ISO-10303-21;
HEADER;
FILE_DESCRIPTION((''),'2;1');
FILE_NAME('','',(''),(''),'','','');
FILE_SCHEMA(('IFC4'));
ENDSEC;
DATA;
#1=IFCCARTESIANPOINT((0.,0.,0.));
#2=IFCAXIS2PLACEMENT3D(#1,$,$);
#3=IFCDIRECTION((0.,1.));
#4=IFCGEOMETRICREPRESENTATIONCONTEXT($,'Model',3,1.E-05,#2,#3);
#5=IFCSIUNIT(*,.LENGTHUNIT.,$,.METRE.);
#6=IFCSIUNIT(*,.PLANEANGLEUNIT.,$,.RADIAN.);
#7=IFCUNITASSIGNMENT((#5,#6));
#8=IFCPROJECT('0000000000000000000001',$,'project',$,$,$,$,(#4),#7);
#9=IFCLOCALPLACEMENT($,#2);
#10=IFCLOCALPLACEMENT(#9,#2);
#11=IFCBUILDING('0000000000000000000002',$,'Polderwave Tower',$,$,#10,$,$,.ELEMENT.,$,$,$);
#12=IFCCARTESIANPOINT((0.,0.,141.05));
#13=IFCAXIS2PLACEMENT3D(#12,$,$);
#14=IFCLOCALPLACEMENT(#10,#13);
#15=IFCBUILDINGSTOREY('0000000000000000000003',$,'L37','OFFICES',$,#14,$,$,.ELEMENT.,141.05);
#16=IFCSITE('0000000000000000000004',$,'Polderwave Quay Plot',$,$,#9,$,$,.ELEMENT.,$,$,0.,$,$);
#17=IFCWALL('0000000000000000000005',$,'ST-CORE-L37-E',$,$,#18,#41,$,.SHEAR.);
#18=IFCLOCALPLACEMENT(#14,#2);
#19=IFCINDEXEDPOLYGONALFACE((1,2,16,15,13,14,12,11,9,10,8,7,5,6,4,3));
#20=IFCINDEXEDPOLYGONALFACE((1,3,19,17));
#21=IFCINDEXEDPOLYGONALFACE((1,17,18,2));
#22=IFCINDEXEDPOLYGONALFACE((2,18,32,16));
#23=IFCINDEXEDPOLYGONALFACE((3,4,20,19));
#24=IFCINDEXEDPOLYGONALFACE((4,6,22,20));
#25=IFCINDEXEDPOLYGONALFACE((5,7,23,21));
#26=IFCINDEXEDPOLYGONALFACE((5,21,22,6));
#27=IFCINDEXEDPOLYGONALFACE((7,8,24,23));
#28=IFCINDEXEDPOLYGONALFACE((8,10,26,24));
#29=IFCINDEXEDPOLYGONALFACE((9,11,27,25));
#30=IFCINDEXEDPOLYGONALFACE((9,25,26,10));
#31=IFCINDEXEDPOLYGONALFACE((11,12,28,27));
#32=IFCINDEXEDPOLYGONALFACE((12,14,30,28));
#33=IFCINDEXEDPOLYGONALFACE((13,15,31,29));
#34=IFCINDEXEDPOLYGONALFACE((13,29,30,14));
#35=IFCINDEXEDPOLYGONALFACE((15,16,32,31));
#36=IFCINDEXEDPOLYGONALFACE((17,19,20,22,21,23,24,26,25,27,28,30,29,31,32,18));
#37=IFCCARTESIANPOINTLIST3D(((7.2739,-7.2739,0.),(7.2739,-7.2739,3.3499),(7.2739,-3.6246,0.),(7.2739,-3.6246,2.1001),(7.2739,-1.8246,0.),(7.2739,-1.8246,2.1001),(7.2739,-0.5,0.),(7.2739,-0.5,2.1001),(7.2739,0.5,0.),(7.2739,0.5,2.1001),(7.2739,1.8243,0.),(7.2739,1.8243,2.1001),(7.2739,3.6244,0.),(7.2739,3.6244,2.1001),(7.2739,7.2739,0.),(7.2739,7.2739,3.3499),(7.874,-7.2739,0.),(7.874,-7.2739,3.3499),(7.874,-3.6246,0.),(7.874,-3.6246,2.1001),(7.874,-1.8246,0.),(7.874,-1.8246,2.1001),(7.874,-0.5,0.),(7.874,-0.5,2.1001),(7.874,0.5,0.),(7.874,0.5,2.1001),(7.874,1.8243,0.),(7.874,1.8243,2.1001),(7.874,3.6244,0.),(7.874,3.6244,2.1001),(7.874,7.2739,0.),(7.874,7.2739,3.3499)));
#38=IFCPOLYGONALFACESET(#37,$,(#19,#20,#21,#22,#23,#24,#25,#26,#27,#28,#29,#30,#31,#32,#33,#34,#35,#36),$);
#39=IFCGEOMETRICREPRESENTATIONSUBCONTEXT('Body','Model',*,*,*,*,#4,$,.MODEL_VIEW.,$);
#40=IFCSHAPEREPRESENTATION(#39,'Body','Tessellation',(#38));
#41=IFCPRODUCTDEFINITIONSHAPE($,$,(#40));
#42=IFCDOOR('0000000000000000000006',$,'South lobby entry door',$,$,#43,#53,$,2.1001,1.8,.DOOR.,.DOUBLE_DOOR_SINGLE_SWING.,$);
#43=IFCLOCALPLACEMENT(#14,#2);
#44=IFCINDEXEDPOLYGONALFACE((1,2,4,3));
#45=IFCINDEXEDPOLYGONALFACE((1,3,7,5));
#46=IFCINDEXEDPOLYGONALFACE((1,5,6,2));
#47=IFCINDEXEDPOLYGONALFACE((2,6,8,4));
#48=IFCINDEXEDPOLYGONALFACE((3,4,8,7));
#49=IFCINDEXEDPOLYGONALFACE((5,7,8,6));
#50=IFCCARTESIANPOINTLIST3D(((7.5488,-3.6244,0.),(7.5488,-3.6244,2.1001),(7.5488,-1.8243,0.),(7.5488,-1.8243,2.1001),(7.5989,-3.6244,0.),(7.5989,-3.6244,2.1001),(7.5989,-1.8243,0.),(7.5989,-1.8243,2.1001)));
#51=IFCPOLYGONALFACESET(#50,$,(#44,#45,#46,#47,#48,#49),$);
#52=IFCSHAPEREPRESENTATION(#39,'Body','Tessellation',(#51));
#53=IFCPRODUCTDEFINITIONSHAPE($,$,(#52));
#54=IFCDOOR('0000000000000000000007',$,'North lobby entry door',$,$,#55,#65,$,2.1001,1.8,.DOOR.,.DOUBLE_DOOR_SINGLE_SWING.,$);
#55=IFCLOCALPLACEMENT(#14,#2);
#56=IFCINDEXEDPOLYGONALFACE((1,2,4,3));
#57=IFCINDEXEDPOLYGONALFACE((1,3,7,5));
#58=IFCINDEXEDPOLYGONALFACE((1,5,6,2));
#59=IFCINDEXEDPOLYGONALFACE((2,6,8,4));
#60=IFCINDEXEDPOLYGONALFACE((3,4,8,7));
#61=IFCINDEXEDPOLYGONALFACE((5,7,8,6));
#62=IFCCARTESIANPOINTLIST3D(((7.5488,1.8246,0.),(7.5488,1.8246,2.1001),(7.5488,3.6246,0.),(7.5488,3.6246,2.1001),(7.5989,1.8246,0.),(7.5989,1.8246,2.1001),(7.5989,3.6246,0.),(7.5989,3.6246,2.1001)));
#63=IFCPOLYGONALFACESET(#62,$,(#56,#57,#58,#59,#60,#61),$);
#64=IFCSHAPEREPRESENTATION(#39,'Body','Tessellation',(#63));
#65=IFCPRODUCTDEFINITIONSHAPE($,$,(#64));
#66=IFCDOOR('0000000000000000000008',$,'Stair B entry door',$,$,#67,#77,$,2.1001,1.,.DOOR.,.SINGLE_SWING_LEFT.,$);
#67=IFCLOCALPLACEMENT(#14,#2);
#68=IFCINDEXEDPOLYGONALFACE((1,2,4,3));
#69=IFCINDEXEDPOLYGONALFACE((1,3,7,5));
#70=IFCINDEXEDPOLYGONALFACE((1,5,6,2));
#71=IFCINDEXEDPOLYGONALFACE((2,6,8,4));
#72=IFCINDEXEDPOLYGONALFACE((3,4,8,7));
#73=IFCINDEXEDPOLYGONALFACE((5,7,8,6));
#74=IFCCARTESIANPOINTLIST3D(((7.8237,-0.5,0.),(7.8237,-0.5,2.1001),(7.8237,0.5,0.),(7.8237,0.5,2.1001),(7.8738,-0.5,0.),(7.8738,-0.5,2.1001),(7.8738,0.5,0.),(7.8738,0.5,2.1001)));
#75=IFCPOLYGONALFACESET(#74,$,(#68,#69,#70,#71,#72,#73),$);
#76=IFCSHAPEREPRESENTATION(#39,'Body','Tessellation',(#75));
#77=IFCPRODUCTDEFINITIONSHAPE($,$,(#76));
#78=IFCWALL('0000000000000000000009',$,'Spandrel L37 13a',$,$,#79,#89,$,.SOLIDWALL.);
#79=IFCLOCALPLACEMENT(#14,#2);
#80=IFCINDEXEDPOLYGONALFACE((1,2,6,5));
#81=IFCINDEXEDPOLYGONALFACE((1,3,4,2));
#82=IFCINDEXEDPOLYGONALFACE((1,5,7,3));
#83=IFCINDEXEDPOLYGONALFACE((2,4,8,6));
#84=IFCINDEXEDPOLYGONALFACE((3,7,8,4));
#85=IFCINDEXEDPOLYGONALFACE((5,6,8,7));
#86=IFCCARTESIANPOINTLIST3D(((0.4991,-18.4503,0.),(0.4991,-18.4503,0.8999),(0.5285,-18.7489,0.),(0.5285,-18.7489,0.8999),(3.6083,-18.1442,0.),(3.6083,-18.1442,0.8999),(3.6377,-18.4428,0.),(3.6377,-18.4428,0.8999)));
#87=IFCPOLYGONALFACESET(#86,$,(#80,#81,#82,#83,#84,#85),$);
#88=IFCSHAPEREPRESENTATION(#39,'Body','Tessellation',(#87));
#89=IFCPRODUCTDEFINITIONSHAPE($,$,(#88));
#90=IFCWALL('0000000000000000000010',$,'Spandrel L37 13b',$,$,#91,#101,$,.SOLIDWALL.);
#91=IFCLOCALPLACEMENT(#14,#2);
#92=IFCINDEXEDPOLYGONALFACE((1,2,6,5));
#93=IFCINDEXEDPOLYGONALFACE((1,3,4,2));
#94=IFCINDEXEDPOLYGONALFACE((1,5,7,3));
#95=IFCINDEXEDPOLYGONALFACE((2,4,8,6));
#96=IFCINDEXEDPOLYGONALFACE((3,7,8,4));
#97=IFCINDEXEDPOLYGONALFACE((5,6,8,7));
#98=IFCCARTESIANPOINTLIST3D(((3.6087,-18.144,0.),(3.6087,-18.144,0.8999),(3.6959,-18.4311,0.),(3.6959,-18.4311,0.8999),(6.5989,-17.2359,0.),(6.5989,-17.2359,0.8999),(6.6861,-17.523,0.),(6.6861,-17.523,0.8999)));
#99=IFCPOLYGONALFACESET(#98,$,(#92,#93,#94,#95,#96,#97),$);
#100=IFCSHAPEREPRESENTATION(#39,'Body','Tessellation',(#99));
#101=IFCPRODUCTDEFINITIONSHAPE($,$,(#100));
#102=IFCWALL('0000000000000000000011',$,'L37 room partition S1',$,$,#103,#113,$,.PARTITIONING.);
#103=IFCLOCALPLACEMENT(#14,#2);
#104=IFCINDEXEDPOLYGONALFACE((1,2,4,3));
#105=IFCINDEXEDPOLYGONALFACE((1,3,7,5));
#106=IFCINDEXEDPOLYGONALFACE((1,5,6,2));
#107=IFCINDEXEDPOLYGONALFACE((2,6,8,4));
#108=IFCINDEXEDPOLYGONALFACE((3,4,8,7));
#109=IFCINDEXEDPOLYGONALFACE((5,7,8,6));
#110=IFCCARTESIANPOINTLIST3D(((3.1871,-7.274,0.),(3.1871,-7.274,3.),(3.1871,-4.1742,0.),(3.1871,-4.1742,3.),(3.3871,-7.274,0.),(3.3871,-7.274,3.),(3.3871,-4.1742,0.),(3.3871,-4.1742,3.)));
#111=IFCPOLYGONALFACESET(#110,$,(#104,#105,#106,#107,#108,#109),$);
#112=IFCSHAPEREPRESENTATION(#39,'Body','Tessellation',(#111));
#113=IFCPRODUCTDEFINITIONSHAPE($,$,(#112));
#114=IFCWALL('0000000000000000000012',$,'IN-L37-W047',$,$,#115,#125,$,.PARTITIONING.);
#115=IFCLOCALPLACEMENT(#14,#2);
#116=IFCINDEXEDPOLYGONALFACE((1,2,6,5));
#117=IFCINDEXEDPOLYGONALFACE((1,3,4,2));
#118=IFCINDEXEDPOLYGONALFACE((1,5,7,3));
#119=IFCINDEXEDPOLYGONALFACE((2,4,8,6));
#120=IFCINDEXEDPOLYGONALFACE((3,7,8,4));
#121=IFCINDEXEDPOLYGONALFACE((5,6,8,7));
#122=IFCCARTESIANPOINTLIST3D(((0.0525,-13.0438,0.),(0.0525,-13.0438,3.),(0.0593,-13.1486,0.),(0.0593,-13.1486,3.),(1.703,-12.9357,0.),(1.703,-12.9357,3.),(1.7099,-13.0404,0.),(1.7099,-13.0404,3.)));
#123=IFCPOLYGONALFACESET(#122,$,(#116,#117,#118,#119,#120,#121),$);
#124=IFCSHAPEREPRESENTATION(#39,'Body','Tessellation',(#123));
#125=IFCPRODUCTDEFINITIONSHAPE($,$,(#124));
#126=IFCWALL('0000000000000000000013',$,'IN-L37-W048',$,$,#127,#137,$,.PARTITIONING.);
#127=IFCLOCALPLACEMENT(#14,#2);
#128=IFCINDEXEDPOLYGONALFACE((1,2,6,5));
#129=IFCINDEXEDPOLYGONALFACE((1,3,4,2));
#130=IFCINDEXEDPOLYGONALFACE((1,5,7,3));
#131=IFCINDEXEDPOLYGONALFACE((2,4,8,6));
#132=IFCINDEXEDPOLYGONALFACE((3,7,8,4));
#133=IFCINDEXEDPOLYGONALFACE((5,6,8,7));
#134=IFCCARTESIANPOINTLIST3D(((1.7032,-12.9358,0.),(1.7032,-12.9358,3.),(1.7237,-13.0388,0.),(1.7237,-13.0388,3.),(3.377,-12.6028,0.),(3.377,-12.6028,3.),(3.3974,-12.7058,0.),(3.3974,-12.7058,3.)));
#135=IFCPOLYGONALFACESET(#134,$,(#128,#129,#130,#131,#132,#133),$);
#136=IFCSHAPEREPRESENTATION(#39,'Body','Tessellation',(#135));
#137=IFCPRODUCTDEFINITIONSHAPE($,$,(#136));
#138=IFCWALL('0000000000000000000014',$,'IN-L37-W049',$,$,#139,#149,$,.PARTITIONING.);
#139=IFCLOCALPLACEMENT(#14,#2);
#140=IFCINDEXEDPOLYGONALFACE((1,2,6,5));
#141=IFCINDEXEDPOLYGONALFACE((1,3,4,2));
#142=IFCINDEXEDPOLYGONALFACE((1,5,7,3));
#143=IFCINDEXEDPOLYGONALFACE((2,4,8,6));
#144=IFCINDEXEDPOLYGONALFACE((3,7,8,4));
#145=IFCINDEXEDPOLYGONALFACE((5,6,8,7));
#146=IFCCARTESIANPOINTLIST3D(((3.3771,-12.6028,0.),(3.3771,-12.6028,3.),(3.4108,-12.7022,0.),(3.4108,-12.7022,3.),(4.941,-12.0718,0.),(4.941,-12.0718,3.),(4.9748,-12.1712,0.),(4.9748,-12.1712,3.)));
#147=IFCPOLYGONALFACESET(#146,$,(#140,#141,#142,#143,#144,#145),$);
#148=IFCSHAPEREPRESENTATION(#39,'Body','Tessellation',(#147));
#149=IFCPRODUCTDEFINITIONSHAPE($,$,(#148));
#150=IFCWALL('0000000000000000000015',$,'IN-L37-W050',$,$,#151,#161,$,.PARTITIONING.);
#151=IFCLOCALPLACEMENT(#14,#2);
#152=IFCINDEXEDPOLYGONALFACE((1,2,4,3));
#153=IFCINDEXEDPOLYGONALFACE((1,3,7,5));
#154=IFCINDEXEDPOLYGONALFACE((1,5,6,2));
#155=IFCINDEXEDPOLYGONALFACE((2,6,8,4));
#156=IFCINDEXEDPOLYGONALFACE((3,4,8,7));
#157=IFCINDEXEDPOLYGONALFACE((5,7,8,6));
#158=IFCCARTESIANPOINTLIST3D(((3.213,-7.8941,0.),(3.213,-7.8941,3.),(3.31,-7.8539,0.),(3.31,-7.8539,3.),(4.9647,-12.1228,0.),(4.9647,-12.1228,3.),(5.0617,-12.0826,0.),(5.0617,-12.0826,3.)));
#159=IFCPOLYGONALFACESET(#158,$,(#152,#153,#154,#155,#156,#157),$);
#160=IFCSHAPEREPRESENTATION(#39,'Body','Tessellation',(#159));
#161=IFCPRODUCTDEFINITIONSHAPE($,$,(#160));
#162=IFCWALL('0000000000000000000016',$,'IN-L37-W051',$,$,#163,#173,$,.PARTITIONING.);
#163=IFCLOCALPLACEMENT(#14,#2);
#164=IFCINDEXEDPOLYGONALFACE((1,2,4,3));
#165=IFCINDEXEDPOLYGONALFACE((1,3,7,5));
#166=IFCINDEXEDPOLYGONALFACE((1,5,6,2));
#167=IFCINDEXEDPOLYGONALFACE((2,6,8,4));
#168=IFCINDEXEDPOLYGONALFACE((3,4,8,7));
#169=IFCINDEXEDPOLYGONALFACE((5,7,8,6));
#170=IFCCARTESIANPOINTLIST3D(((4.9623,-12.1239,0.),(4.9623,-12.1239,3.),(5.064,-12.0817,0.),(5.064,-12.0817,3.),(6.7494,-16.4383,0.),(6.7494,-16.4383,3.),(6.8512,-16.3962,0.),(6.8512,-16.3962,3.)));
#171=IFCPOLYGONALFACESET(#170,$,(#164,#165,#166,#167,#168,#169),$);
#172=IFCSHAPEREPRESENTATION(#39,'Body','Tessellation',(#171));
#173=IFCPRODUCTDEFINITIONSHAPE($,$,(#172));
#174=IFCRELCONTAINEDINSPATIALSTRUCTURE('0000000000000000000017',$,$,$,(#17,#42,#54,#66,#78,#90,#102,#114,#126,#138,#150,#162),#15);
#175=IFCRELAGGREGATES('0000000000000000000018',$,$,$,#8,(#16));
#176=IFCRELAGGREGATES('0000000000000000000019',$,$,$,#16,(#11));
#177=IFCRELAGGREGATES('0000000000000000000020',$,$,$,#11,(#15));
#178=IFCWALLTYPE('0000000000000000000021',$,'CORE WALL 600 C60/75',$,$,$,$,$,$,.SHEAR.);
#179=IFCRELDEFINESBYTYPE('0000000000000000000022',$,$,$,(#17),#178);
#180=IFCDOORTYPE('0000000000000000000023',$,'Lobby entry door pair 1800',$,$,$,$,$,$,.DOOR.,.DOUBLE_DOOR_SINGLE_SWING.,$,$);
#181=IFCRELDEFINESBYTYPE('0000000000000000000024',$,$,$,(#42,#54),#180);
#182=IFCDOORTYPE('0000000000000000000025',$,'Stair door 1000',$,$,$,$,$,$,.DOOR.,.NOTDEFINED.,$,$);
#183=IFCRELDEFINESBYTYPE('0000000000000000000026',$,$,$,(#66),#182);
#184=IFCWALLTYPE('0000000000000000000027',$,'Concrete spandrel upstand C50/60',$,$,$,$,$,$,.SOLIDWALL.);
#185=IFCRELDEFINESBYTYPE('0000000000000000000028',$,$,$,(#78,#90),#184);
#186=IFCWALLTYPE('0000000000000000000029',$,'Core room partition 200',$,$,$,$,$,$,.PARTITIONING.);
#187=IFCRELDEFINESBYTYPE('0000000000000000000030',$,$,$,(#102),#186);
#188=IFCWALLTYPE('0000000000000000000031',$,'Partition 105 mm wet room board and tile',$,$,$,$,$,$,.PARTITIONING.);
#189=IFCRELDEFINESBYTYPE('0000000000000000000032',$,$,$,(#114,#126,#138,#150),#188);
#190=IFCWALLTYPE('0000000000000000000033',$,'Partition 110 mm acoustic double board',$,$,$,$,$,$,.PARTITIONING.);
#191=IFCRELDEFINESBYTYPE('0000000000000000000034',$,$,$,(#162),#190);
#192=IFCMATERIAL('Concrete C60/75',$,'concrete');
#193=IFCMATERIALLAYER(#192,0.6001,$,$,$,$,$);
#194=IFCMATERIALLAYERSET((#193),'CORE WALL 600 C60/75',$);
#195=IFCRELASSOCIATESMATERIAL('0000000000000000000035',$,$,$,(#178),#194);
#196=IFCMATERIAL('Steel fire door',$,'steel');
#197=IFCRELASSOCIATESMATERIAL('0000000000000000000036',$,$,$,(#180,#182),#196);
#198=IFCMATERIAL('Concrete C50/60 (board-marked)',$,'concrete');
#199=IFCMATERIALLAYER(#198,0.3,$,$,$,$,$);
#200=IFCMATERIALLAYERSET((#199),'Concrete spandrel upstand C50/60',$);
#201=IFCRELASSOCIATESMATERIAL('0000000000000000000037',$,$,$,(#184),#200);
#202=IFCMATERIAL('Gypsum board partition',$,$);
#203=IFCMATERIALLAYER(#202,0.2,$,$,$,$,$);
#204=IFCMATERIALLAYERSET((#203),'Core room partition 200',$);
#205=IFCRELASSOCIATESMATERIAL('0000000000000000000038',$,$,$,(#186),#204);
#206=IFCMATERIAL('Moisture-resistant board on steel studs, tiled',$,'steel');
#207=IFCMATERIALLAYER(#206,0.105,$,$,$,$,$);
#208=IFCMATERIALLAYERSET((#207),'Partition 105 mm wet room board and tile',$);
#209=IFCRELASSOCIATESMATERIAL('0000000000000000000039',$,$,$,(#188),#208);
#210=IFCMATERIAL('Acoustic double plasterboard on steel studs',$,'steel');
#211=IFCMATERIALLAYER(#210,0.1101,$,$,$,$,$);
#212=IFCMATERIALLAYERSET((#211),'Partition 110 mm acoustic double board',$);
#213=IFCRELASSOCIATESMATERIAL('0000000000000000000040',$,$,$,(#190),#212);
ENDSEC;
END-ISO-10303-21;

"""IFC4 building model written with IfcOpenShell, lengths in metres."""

from ifc_helpers import new_model, si_unit, direction, frame, frame_2d, origin, place, context, subcontext, project, spatial, rectangle, extrude, material, layer, layer_set, type_object, element, fill, save


model = new_model("IFC4")

# Units and contexts
model_context = context("Model", 3, precision=1e-05, world=origin(), true_north=direction((0.0, 1.0)))
body_context = subcontext(model_context, "Body", "Model", "MODEL_VIEW")
ifc_project = project(units=[si_unit("LENGTHUNIT", "METRE"), si_unit("PLANEANGLEUNIT", "RADIAN")], contexts=[model_context])

# Site, building, storey
site_placement = place(None, origin())
site = spatial("IfcSite", under=ifc_project, at=site_placement, Name="Polderwave Quay Plot", CompositionType="ELEMENT", RefElevation=0.0)
building_placement = place(site_placement, origin())
building = spatial("IfcBuilding", under=site, at=building_placement, Name="Polderwave Tower", CompositionType="ELEMENT")
storey_placement = place(building_placement, frame((0.0, 0.0, 141.05)))
storey = spatial("IfcBuildingStorey", under=building, at=storey_placement, Name="L37", Description="OFFICES", CompositionType="ELEMENT", Elevation=141.05)

# Shared definitions
ifc_material_1 = material(Name="Concrete C60/75", Category="concrete")

# Wall, openings, doors
ifc_layer_1 = layer(ifc_material_1, 0.6001)
ifc_layer_set_1 = layer_set([ifc_layer_1], Name="CORE WALL 600 C60/75")
wall_type_1 = type_object("IfcWallType", Name="CORE WALL 600 C60/75", PredefinedType="SHEAR", material=ifc_layer_set_1)
wall_1_placement = place(storey_placement, frame((7.574, -7.2739, 0.0), z_axis=(0.0, 0.0, 1.0), x_axis=(0.0, 1.0, 0.0)))
wall_1 = element("IfcWall", 1, at=wall_1_placement, inside=storey, type_object=wall_type_1, Name="ST-CORE-L37-E", PredefinedType="SHEAR", context=body_context, shape_type="SweptSolid", body=[
    extrude(rectangle(XDim=14.5479, YDim=0.6001, at=frame_2d((7.2739, 0.0))), origin(), (0.0, 0.0, 1.0), 3.3499),
])
opening_1_placement = place(wall_1_placement, frame((6.7739, 0.0, 0.0)))
opening_1 = element("IfcOpeningElement", 2, at=opening_1_placement, cuts=wall_1, PredefinedType="OPENING", context=body_context, shape_type="SweptSolid", body=[
    extrude(rectangle(XDim=1.0, YDim=2.1001, at=frame_2d((0.5, 1.05))), frame((0.0, 0.3101, 0.0), z_axis=(0.0, -1.0, 0.0), x_axis=(1.0, 0.0, 0.0)), (0.0, 0.0, 1.0), 0.6201),
])
opening_2_placement = place(wall_1_placement, frame((3.6494, 0.0, 0.0)))
opening_2 = element("IfcOpeningElement", 3, at=opening_2_placement, cuts=wall_1, PredefinedType="OPENING", context=body_context, shape_type="SweptSolid", body=[
    extrude(rectangle(XDim=1.8, YDim=2.1001, at=frame_2d((0.8999, 1.05))), frame((0.0, 0.3101, 0.0), z_axis=(0.0, -1.0, 0.0), x_axis=(1.0, 0.0, 0.0)), (0.0, 0.0, 1.0), 0.6201),
])
opening_3_placement = place(wall_1_placement, frame((9.0984, 0.0, 0.0)))
opening_3 = element("IfcOpeningElement", 4, at=opening_3_placement, cuts=wall_1, PredefinedType="OPENING", context=body_context, shape_type="SweptSolid", body=[
    extrude(rectangle(XDim=1.8, YDim=2.1001, at=frame_2d((0.8999, 1.05))), frame((0.0, 0.3101, 0.0), z_axis=(0.0, -1.0, 0.0), x_axis=(1.0, 0.0, 0.0)), (0.0, 0.0, 1.0), 0.6201),
])
ifc_material_2 = material(Name="Steel fire door", Category="steel")
door_type_1 = type_object("IfcDoorType", Name="Lobby entry door pair 1800", OperationType="DOUBLE_DOOR_SINGLE_SWING", PredefinedType="DOOR", material=ifc_material_2)
door_1_placement = place(opening_2_placement, frame((1.8, 0.0, 0.0), z_axis=(0.0, 0.0, 1.0), x_axis=(-1.0, 0.0, 0.0)))
door_1 = element("IfcDoor", 5, at=door_1_placement, inside=storey, type_object=door_type_1, Name="South lobby entry door", OperationType="DOUBLE_DOOR_SINGLE_SWING", OverallHeight=2.1001, OverallWidth=1.8, PredefinedType="DOOR", context=body_context, shape_type="SweptSolid", body=[
    extrude(rectangle(XDim=1.8, YDim=2.1001, at=frame_2d((0.8999, 1.05))), frame((0.0, 0.0249, 0.0), z_axis=(0.0, -1.0, 0.0), x_axis=(1.0, 0.0, 0.0)), (0.0, 0.0, 1.0), 0.05),
])
fill(opening_2, door_1)
door_2_placement = place(opening_3_placement, frame((1.8, 0.0, 0.0), z_axis=(0.0, 0.0, 1.0), x_axis=(-1.0, 0.0, 0.0)))
door_2 = element("IfcDoor", 6, at=door_2_placement, inside=storey, type_object=door_type_1, Name="North lobby entry door", OperationType="DOUBLE_DOOR_SINGLE_SWING", OverallHeight=2.1001, OverallWidth=1.8, PredefinedType="DOOR", context=body_context, shape_type="SweptSolid", body=[
    extrude(rectangle(XDim=1.8, YDim=2.1001, at=frame_2d((0.8999, 1.05))), frame((0.0, 0.0249, 0.0), z_axis=(0.0, -1.0, 0.0), x_axis=(1.0, 0.0, 0.0)), (0.0, 0.0, 1.0), 0.05),
])
fill(opening_3, door_2)
door_type_2 = type_object("IfcDoorType", Name="Stair door 1000", OperationType="NOTDEFINED", PredefinedType="DOOR", material=ifc_material_2)
door_3_placement = place(opening_1_placement, frame((1.0, 0.0, 0.0), z_axis=(0.0, 0.0, 1.0), x_axis=(-1.0, 0.0, 0.0)))
door_3 = element("IfcDoor", 7, at=door_3_placement, inside=storey, type_object=door_type_2, Name="Stair B entry door", OperationType="SINGLE_SWING_LEFT", OverallHeight=2.1001, OverallWidth=1.0, PredefinedType="DOOR", context=body_context, shape_type="SweptSolid", body=[
    extrude(rectangle(XDim=1.0, YDim=2.1001, at=frame_2d((0.5, 1.05))), frame((0.0, 0.2998, 0.0), z_axis=(0.0, -1.0, 0.0), x_axis=(1.0, 0.0, 0.0)), (0.0, 0.0, 1.0), 0.05),
])
fill(opening_1, door_3)

# Walls
ifc_material_3 = material(Name="Concrete C50/60 (board-marked)", Category="concrete")
ifc_layer_2 = layer(ifc_material_3, 0.3)
ifc_layer_set_2 = layer_set([ifc_layer_2], Name="Concrete spandrel upstand C50/60")
wall_type_2 = type_object("IfcWallType", Name="Concrete spandrel upstand C50/60", PredefinedType="SOLIDWALL", material=ifc_layer_set_2)
wall_2_placement = place(storey_placement, frame((0.5139, -18.5996, 0.0), z_axis=(0.0, 0.0, 1.0), x_axis=(0.995187, 0.097995, 0.0)))
element("IfcWall", 8, at=wall_2_placement, inside=storey, type_object=wall_type_2, Name="Spandrel L37 13a", PredefinedType="SOLIDWALL", context=body_context, shape_type="SweptSolid", body=[
    extrude(rectangle(XDim=3.1243, YDim=0.3, at=frame_2d((1.562, 0.0))), origin(), (0.0, 0.0, 1.0), 0.8999),
])
wall_3_placement = place(storey_placement, frame((3.6523, -18.2876, 0.0), z_axis=(0.0, 0.0, 1.0), x_axis=(0.95684, 0.290614, 0.0)))
element("IfcWall", 9, at=wall_3_placement, inside=storey, type_object=wall_type_2, Name="Spandrel L37 13b", PredefinedType="SOLIDWALL", context=body_context, shape_type="SweptSolid", body=[
    extrude(rectangle(XDim=3.125, YDim=0.3, at=frame_2d((1.5625, 0.0))), origin(), (0.0, 0.0, 1.0), 0.8999),
])
ifc_material_4 = material(Name="Gypsum board partition")
ifc_layer_3 = layer(ifc_material_4, 0.2)
ifc_layer_set_3 = layer_set([ifc_layer_3], Name="Core room partition 200")
wall_type_3 = type_object("IfcWallType", Name="Core room partition 200", PredefinedType="PARTITIONING", material=ifc_layer_set_3)
wall_4_placement = place(storey_placement, frame((3.2871, -7.2739, 0.0), z_axis=(0.0, 0.0, 1.0), x_axis=(0.0, 1.0, 0.0)))
element("IfcWall", 10, at=wall_4_placement, inside=storey, type_object=wall_type_3, Name="L37 room partition S1", PredefinedType="PARTITIONING", context=body_context, shape_type="SweptSolid", body=[
    extrude(rectangle(XDim=3.0999, YDim=0.2, at=frame_2d((1.5498, 0.0))), origin(), (0.0, 0.0, 1.0), 3.0),
])
ifc_material_5 = material(Name="Moisture-resistant board on steel studs, tiled", Category="steel")
ifc_layer_4 = layer(ifc_material_5, 0.105)
ifc_layer_set_4 = layer_set([ifc_layer_4], Name="Partition 105 mm wet room board and tile")
wall_type_4 = type_object("IfcWallType", Name="Partition 105 mm wet room board and tile", PredefinedType="PARTITIONING", material=ifc_layer_set_4)
wall_5_placement = place(storey_placement, frame((1.7065, -12.988, 0.0), z_axis=(0.0, 0.0, 1.0), x_axis=(-0.99786, -0.065383, 0.0)))
element("IfcWall", 11, at=wall_5_placement, inside=storey, type_object=wall_type_4, Name="IN-L37-W047", PredefinedType="PARTITIONING", context=body_context, shape_type="SweptSolid", body=[
    extrude(rectangle(XDim=1.6541, YDim=0.105, at=frame_2d((0.8271, 0.0))), origin(), (0.0, 0.0, 1.0), 3.0),
])
wall_6_placement = place(storey_placement, frame((3.3872, -12.6543, 0.0), z_axis=(0.0, 0.0, 1.0), x_axis=(-0.980778, -0.195126, 0.0)))
element("IfcWall", 12, at=wall_6_placement, inside=storey, type_object=wall_type_4, Name="IN-L37-W048", PredefinedType="PARTITIONING", context=body_context, shape_type="SweptSolid", body=[
    extrude(rectangle(XDim=1.7065, YDim=0.105, at=frame_2d((0.8533, 0.0))), origin(), (0.0, 0.0, 1.0), 3.0),
])
wall_7_placement = place(storey_placement, frame((4.9578, -12.1216, 0.0), z_axis=(0.0, 0.0, 1.0), x_axis=(-0.94691, -0.3215, 0.0)))
element("IfcWall", 13, at=wall_7_placement, inside=storey, type_object=wall_type_4, Name="IN-L37-W049", PredefinedType="PARTITIONING", context=body_context, shape_type="SweptSolid", body=[
    extrude(rectangle(XDim=1.6516, YDim=0.105, at=frame_2d((0.8257, 0.0))), origin(), (0.0, 0.0, 1.0), 3.0),
])
wall_8_placement = place(storey_placement, frame((3.2615, -7.874, 0.0), z_axis=(0.0, 0.0, 1.0), x_axis=(0.382702, -0.923872, 0.0)))
element("IfcWall", 14, at=wall_8_placement, inside=storey, type_object=wall_type_4, Name="IN-L37-W050", PredefinedType="PARTITIONING", context=body_context, shape_type="SweptSolid", body=[
    extrude(rectangle(XDim=4.5771, YDim=0.105, at=frame_2d((2.2886, 0.0))), origin(), (0.0, 0.0, 1.0), 3.0),
])
ifc_material_6 = material(Name="Acoustic double plasterboard on steel studs", Category="steel")
ifc_layer_5 = layer(ifc_material_6, 0.1101)
ifc_layer_set_5 = layer_set([ifc_layer_5], Name="Partition 110 mm acoustic double board")
wall_type_5 = type_object("IfcWallType", Name="Partition 110 mm acoustic double board", PredefinedType="PARTITIONING", material=ifc_layer_set_5)
wall_9_placement = place(storey_placement, frame((5.0132, -12.1028, 0.0), z_axis=(0.0, 0.0, 1.0), x_axis=(0.382684, -0.923879, 0.0)))
element("IfcWall", 15, at=wall_9_placement, inside=storey, type_object=wall_type_5, Name="IN-L37-W051", PredefinedType="PARTITIONING", context=body_context, shape_type="SweptSolid", body=[
    extrude(rectangle(XDim=4.6699, YDim=0.1101, at=frame_2d((2.335, 0.0))), origin(), (0.0, 0.0, 1.0), 3.0),
])

save(model, "model.ifc")
